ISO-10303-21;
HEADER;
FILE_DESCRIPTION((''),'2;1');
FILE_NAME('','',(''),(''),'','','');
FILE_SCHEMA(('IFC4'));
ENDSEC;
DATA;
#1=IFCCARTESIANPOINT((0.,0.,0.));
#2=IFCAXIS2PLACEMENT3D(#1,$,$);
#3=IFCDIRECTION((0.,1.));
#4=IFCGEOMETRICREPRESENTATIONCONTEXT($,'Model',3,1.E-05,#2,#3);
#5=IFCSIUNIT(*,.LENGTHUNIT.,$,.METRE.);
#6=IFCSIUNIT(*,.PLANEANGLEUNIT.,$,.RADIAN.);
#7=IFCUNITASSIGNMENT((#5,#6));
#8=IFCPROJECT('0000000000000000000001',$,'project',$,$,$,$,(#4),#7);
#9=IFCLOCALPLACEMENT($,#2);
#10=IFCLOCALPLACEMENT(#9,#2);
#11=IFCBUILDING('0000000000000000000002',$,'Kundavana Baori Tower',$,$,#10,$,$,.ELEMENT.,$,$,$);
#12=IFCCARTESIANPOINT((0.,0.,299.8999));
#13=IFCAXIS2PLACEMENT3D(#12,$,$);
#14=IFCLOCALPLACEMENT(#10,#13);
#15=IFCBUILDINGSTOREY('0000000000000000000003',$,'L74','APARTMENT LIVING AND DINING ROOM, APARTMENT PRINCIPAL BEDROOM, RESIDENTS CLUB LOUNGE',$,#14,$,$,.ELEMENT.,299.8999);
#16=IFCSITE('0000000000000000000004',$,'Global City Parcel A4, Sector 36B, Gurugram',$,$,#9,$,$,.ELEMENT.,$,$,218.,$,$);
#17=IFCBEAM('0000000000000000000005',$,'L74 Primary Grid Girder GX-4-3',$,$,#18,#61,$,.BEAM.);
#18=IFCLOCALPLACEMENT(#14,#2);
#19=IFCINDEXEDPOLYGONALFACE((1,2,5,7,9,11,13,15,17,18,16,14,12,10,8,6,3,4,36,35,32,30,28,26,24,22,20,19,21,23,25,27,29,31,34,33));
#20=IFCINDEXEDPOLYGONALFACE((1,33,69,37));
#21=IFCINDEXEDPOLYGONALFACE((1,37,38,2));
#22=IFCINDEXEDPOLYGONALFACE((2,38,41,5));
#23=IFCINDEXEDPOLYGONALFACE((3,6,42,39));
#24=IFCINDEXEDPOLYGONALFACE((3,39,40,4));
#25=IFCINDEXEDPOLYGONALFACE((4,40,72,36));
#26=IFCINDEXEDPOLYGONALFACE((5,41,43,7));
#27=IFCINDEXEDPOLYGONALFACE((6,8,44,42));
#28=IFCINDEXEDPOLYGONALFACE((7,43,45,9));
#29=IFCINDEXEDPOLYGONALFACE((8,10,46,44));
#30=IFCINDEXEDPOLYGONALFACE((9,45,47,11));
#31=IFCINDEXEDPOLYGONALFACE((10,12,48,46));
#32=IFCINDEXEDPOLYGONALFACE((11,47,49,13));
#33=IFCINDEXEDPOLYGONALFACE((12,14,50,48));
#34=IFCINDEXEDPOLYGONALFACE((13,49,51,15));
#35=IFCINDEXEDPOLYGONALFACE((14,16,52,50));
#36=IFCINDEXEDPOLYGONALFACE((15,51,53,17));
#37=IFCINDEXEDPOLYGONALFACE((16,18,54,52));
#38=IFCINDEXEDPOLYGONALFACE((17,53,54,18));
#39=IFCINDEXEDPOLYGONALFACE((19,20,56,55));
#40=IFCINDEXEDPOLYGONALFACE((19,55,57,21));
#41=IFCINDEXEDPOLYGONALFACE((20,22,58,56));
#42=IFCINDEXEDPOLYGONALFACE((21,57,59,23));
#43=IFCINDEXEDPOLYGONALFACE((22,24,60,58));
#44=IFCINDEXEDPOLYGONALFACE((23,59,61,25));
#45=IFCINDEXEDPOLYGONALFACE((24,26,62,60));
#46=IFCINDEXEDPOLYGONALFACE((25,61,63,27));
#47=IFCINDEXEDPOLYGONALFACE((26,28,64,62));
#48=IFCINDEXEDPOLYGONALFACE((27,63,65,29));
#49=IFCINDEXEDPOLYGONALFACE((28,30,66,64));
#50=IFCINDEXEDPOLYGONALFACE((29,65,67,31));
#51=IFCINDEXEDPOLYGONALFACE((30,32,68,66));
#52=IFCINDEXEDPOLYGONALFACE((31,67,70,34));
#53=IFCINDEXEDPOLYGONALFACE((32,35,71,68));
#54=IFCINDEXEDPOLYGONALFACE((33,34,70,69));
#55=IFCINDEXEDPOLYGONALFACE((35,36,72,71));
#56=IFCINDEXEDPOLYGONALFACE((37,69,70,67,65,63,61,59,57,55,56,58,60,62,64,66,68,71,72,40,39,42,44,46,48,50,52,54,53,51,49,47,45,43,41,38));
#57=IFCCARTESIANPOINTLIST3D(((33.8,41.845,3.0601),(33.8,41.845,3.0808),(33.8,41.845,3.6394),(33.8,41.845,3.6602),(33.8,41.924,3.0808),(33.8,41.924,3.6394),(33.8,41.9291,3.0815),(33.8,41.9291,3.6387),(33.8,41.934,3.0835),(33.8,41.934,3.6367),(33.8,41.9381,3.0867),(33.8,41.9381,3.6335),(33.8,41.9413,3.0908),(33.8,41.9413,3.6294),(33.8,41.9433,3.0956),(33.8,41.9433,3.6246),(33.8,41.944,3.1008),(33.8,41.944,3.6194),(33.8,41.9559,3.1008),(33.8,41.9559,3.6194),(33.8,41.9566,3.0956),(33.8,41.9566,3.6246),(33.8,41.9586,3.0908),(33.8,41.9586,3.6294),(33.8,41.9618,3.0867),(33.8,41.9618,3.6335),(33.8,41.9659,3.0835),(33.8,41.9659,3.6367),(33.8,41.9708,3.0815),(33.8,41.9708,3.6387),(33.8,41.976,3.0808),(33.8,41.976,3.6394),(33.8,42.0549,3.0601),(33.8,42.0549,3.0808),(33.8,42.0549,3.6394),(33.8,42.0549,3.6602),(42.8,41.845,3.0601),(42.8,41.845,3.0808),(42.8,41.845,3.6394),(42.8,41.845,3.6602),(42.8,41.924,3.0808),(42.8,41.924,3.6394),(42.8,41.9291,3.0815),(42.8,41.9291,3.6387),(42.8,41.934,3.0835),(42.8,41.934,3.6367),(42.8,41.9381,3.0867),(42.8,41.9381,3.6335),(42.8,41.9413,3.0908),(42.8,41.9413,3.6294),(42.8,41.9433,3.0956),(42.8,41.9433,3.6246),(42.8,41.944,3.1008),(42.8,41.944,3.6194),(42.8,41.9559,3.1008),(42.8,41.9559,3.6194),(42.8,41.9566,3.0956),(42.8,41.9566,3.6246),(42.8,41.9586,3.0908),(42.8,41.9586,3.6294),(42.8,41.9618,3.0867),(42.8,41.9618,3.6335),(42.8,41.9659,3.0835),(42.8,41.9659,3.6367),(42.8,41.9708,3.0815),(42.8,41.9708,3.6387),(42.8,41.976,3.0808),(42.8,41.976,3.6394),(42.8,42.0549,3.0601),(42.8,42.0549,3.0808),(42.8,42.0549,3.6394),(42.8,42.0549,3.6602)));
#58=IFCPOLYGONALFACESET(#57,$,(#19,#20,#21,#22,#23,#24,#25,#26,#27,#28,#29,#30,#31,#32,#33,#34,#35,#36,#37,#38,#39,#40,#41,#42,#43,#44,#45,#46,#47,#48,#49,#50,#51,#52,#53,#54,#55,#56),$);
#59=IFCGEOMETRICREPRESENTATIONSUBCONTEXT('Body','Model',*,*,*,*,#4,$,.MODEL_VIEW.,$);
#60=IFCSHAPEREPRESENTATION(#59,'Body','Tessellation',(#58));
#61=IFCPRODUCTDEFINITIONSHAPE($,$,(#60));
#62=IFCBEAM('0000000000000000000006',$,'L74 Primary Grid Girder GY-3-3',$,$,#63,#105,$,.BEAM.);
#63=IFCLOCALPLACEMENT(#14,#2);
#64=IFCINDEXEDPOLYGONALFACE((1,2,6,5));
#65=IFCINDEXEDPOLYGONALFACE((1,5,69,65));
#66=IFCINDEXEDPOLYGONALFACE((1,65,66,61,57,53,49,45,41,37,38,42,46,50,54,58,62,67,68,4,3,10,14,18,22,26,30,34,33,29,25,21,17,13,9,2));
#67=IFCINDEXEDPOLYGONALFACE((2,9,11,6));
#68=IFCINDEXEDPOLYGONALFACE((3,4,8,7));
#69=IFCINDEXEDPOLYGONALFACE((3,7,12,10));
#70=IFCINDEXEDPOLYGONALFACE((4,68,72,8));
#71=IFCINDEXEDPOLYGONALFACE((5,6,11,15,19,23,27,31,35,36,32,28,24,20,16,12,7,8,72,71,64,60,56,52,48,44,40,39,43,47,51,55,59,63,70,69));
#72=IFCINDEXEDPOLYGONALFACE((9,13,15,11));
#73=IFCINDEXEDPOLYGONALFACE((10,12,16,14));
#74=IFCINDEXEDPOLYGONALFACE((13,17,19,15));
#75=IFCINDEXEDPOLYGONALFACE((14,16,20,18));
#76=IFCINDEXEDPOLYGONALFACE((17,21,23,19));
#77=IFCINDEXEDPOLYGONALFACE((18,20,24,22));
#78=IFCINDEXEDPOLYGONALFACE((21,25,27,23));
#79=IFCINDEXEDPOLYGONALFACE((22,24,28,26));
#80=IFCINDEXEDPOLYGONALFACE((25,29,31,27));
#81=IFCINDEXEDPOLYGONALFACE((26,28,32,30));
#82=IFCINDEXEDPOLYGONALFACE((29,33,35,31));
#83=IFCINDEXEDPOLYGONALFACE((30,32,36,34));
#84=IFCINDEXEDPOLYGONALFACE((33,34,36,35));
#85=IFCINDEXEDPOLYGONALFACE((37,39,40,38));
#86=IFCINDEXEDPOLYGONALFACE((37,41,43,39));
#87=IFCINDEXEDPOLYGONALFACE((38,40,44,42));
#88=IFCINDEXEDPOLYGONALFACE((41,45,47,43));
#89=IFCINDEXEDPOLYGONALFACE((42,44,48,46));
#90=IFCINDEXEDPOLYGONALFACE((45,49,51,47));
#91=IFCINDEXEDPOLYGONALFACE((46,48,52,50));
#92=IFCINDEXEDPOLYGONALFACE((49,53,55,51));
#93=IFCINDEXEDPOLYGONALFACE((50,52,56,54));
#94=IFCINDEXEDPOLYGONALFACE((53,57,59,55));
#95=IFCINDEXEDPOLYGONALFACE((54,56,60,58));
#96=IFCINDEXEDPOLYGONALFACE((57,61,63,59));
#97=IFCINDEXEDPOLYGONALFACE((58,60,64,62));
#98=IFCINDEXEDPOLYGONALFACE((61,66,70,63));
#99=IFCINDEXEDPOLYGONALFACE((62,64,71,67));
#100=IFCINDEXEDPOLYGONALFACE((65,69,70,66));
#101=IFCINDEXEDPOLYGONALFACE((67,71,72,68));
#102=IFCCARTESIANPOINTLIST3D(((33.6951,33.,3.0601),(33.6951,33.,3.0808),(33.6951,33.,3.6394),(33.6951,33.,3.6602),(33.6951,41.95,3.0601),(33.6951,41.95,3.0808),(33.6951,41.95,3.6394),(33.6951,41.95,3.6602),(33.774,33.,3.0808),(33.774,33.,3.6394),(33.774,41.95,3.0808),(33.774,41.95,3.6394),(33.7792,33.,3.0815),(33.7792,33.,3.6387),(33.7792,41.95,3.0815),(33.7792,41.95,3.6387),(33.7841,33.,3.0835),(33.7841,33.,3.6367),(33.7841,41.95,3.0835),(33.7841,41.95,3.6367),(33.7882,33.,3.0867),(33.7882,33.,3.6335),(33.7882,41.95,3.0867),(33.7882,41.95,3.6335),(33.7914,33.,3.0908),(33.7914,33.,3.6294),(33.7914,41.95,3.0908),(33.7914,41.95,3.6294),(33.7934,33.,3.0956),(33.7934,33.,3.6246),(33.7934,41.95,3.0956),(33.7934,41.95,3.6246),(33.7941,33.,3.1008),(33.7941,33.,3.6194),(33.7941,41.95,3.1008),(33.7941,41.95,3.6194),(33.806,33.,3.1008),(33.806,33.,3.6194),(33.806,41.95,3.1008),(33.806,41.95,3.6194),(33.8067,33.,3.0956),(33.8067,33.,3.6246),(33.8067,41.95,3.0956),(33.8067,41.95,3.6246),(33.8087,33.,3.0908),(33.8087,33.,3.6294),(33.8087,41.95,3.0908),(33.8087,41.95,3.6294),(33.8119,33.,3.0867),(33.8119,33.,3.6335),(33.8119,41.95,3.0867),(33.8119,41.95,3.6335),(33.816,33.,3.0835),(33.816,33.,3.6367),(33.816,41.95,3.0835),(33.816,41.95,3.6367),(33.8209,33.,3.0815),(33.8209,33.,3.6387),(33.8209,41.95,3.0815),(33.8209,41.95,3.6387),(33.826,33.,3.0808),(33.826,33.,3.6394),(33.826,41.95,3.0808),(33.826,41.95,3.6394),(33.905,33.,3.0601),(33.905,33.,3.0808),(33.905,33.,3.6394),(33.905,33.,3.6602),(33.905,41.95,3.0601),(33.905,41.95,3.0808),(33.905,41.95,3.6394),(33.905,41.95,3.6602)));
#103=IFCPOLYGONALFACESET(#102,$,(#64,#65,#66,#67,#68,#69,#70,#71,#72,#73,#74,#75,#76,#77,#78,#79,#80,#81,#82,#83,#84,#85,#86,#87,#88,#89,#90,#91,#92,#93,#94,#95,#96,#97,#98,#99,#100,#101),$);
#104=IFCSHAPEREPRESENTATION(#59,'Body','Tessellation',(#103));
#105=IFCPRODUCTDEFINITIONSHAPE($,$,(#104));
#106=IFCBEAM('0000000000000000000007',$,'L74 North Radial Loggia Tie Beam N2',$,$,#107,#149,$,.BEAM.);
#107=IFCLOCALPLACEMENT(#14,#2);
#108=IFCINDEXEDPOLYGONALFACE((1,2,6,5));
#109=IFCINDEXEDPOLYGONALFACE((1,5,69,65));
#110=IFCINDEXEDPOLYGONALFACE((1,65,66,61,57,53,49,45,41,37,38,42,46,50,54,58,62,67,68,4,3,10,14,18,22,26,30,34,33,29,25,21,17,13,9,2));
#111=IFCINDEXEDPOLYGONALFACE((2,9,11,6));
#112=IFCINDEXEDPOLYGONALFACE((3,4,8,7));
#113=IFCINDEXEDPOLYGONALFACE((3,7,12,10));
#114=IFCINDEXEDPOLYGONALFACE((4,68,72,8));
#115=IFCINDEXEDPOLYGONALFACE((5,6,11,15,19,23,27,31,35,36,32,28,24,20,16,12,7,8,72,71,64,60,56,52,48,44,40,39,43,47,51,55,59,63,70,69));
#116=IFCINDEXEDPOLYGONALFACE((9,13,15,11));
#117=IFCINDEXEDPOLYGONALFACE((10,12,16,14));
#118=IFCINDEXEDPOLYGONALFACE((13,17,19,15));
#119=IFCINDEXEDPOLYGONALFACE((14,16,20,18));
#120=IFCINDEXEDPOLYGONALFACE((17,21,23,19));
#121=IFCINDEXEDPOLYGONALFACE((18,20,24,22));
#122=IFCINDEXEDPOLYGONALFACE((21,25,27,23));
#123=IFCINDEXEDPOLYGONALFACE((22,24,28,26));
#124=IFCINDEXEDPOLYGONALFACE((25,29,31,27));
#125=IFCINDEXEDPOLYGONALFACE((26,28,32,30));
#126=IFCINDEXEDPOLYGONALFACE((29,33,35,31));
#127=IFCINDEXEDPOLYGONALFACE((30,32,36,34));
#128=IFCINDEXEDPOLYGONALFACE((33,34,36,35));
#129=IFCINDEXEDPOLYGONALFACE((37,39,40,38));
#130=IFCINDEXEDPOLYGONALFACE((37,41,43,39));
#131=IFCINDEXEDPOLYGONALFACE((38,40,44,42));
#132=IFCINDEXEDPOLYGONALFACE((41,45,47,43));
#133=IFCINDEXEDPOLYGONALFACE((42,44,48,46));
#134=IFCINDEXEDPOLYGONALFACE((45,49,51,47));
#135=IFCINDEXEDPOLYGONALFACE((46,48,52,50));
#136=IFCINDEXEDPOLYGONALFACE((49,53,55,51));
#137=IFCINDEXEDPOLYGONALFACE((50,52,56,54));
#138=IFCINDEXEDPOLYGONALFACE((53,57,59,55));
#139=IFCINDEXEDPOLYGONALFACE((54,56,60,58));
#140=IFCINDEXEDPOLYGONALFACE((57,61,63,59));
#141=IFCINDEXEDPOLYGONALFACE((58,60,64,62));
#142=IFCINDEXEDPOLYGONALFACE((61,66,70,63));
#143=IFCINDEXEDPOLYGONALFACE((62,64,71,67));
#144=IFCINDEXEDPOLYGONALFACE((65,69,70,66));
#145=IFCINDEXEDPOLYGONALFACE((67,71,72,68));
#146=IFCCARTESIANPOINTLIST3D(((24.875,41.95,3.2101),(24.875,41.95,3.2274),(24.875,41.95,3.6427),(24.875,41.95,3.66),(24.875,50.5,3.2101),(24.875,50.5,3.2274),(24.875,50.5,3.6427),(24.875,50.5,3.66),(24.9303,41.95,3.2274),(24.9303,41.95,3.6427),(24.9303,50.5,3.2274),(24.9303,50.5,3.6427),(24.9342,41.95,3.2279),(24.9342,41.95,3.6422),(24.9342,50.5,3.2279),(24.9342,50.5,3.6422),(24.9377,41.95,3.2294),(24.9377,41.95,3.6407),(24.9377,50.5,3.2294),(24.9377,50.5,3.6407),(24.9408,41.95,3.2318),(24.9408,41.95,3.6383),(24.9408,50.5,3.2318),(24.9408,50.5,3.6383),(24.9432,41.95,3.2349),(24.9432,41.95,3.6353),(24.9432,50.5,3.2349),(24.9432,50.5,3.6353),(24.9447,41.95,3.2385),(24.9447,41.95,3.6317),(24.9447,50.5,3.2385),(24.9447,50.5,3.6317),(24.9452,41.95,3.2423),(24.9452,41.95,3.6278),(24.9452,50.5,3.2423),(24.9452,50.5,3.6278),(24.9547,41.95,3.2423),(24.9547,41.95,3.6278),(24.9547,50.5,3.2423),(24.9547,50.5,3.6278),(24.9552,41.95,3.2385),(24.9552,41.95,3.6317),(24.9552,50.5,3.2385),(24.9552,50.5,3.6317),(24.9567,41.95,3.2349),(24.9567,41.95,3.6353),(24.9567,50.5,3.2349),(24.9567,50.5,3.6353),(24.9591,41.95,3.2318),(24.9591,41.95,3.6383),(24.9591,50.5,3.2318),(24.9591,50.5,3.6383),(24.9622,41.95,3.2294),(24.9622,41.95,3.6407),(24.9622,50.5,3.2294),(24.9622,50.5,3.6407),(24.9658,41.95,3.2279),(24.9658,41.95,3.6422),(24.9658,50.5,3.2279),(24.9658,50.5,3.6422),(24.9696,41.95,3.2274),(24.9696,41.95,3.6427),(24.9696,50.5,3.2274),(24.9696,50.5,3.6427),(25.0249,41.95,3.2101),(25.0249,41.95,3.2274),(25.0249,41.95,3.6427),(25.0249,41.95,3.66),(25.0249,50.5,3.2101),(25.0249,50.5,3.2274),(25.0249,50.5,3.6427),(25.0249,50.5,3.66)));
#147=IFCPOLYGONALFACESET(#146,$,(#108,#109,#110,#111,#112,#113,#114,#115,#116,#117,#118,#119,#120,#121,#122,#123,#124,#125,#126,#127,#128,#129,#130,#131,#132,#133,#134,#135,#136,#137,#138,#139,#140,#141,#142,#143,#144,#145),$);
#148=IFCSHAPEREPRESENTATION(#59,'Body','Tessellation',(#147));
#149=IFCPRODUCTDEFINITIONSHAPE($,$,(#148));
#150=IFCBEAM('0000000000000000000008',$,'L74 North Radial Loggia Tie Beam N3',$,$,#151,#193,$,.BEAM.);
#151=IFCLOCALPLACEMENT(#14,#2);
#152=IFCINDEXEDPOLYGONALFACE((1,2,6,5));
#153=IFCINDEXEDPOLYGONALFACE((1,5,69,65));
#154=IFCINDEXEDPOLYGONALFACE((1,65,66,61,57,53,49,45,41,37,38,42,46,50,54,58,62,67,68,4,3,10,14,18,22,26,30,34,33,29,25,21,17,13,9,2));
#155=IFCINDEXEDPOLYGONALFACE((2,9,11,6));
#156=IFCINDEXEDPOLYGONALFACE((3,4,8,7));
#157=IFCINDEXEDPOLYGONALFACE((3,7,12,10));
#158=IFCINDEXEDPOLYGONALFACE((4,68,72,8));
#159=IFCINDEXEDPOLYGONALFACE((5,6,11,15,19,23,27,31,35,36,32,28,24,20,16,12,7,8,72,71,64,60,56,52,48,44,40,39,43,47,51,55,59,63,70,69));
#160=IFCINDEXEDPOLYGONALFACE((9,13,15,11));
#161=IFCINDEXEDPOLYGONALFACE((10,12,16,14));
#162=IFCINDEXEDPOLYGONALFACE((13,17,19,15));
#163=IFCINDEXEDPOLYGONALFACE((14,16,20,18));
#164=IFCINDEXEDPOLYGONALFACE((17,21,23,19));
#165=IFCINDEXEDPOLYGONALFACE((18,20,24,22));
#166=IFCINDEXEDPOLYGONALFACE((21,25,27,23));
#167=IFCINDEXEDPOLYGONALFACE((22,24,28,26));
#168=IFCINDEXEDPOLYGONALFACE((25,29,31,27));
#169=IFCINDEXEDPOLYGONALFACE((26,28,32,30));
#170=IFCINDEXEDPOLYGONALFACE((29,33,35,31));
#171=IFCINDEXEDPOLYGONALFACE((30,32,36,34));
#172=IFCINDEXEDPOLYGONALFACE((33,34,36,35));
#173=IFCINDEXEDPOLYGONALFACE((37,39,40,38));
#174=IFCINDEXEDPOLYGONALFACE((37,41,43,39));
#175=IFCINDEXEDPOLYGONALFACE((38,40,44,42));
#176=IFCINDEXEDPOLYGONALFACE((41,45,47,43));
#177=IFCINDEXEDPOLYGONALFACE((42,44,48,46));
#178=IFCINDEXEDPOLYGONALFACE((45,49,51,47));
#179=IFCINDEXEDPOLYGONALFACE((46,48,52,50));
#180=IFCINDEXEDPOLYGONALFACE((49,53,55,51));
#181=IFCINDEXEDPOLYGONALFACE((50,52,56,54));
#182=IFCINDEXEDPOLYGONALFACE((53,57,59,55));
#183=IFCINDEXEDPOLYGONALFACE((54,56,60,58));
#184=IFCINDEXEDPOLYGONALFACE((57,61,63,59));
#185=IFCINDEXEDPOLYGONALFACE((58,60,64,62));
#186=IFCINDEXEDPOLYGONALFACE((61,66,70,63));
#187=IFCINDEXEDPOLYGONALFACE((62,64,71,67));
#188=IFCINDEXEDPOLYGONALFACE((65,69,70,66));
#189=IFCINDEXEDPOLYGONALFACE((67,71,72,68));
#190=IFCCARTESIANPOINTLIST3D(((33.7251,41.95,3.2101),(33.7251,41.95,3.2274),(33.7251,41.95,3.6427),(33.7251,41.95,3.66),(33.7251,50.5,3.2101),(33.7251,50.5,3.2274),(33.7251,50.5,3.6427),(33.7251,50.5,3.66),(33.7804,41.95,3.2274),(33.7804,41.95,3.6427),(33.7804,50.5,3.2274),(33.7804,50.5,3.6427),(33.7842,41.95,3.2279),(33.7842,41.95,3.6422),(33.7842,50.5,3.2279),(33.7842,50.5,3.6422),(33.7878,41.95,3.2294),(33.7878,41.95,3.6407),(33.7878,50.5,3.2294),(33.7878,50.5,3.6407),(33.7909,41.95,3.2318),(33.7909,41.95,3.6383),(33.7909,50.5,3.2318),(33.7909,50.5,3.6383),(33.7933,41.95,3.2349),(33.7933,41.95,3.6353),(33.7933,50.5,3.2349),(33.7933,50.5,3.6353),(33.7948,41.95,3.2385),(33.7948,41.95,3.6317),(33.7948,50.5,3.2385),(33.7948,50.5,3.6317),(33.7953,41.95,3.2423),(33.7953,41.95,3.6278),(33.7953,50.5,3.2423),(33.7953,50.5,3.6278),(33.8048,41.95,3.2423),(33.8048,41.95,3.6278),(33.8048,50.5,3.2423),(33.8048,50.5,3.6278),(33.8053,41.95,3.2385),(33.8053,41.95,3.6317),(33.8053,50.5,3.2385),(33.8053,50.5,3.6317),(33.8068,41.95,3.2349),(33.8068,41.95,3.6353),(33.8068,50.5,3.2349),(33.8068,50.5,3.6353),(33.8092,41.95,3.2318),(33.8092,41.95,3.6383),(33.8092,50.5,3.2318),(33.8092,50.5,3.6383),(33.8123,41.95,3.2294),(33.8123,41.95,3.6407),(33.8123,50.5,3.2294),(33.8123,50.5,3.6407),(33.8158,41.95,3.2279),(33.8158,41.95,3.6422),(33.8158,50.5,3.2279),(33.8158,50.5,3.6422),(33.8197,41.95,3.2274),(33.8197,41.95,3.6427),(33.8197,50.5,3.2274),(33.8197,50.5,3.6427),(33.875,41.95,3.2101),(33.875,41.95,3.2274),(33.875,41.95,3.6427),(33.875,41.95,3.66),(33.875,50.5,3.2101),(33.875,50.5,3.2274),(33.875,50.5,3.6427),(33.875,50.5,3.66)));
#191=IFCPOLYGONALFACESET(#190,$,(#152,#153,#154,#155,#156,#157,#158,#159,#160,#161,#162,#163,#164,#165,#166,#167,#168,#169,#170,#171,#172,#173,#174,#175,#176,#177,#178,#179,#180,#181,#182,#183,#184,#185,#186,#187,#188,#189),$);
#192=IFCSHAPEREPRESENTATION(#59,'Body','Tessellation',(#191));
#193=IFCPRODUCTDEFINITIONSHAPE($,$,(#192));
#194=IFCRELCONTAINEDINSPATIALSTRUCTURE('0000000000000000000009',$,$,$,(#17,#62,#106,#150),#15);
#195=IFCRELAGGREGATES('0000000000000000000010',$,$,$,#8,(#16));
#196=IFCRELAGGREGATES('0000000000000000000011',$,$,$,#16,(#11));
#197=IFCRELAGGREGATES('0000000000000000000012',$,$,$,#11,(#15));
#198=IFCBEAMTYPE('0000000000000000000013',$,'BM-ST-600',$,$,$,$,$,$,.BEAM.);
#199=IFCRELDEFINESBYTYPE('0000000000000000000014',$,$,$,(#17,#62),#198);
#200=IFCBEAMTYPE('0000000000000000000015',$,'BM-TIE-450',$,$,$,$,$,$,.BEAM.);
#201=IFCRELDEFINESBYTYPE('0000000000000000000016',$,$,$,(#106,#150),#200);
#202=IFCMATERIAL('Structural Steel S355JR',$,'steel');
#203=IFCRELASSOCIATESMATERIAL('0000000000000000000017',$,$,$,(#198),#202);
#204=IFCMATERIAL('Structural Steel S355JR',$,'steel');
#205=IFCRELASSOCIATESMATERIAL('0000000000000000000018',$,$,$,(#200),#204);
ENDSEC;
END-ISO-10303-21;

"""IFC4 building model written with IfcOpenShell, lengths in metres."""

from ifc_helpers import new_model, si_unit, direction, frame, origin, origin_2d, place, context, subcontext, project, spatial, i_section, extrude, material, material_profile, profile_set, type_object, element, save


model = new_model("IFC4")

# Units and contexts
model_context = context("Model", 3, precision=1e-05, world=origin(), true_north=direction((0.0, 1.0)))
body_context = subcontext(model_context, "Body", "Model", "MODEL_VIEW")
ifc_project = project(units=[si_unit("LENGTHUNIT", "METRE"), si_unit("PLANEANGLEUNIT", "RADIAN")], contexts=[model_context])

# Site, building, storey
site_placement = place(None, origin())
site = spatial("IfcSite", under=ifc_project, at=site_placement, Name="Global City Parcel A4, Sector 36B, Gurugram", CompositionType="ELEMENT", RefElevation=218.0)
building_placement = place(site_placement, origin())
building = spatial("IfcBuilding", under=site, at=building_placement, Name="Kundavana Baori Tower", CompositionType="ELEMENT")
storey_placement = place(building_placement, frame((0.0, 0.0, 299.8999)))
storey = spatial("IfcBuildingStorey", under=building, at=storey_placement, Name="L74", Description="APARTMENT LIVING AND DINING ROOM, APARTMENT PRINCIPAL BEDROOM, RESIDENTS CLUB LOUNGE", CompositionType="ELEMENT", Elevation=299.8999)

# Beams
ifc_material_1 = material(Name="Structural Steel S355JR", Category="steel")
ifc_material_profile_1 = material_profile(ifc_material_1, i_section(OverallWidth=0.21, OverallDepth=0.6001, WebThickness=0.012, FlangeThickness=0.0208, FilletRadius=0.02, at=origin_2d()), Name="ISMB 600")
ifc_profile_set_1 = profile_set([ifc_material_profile_1], Name="Structural Steel S355JR")
beam_type_1 = type_object("IfcBeamType", Name="BM-ST-600", PredefinedType="BEAM", material=ifc_profile_set_1)
beam_1_placement = place(storey_placement, frame((33.8, 41.95, 3.3601), z_axis=(1.0, 0.0, 0.0), x_axis=(0.0, 1.0, 0.0)))
element("IfcBeam", 1, at=beam_1_placement, inside=storey, type_object=beam_type_1, Name="L74 Primary Grid Girder GX-4-3", PredefinedType="BEAM", context=body_context, shape_type="SweptSolid", body=[
    extrude(i_section(OverallWidth=0.21, OverallDepth=0.6001, WebThickness=0.012, FlangeThickness=0.0208, FilletRadius=0.02, at=origin_2d()), origin(), (0.0, 0.0, 1.0), 9.0),
])
beam_2_placement = place(storey_placement, frame((33.8, 33.0, 3.3601), z_axis=(0.0, 1.0, 0.0), x_axis=(-1.0, 0.0, 0.0)))
element("IfcBeam", 2, at=beam_2_placement, inside=storey, type_object=beam_type_1, Name="L74 Primary Grid Girder GY-3-3", PredefinedType="BEAM", context=body_context, shape_type="SweptSolid", body=[
    extrude(i_section(OverallWidth=0.21, OverallDepth=0.6001, WebThickness=0.012, FlangeThickness=0.0208, FilletRadius=0.02, at=origin_2d()), origin(), (0.0, 0.0, 1.0), 8.95),
])
ifc_material_2 = material(Name="Structural Steel S355JR", Category="steel")
ifc_material_profile_2 = material_profile(ifc_material_2, i_section(OverallWidth=0.1499, OverallDepth=0.45, WebThickness=0.0095, FlangeThickness=0.0173, FilletRadius=0.0149, at=origin_2d()), Name="ISMB 450")
ifc_profile_set_2 = profile_set([ifc_material_profile_2], Name="Structural Steel S355JR")
beam_type_2 = type_object("IfcBeamType", Name="BM-TIE-450", PredefinedType="BEAM", material=ifc_profile_set_2)
for number, where, z_axis, x_axis, name in (
    (3, (24.95, 41.95, 3.4351), (0.0, 1.0, 0.0), (-1.0, 0.0, 0.0), "L74 North Radial Loggia Tie Beam N2"),
    (4, (33.8, 41.95, 3.4351), (0.0, 1.0, 0.0), (-1.0, 0.0, 0.0), "L74 North Radial Loggia Tie Beam N3"),
):
    element("IfcBeam", number, at=place(storey_placement, frame(where, z_axis=z_axis, x_axis=x_axis)), inside=storey, type_object=beam_type_2, Name=name, PredefinedType="BEAM", context=body_context, shape_type="SweptSolid", body=[
        extrude(i_section(OverallWidth=0.1499, OverallDepth=0.45, WebThickness=0.0095, FlangeThickness=0.0173, FilletRadius=0.0149, at=origin_2d()), origin(), (0.0, 0.0, 1.0), 8.55),
    ])

save(model, "model.ifc")
